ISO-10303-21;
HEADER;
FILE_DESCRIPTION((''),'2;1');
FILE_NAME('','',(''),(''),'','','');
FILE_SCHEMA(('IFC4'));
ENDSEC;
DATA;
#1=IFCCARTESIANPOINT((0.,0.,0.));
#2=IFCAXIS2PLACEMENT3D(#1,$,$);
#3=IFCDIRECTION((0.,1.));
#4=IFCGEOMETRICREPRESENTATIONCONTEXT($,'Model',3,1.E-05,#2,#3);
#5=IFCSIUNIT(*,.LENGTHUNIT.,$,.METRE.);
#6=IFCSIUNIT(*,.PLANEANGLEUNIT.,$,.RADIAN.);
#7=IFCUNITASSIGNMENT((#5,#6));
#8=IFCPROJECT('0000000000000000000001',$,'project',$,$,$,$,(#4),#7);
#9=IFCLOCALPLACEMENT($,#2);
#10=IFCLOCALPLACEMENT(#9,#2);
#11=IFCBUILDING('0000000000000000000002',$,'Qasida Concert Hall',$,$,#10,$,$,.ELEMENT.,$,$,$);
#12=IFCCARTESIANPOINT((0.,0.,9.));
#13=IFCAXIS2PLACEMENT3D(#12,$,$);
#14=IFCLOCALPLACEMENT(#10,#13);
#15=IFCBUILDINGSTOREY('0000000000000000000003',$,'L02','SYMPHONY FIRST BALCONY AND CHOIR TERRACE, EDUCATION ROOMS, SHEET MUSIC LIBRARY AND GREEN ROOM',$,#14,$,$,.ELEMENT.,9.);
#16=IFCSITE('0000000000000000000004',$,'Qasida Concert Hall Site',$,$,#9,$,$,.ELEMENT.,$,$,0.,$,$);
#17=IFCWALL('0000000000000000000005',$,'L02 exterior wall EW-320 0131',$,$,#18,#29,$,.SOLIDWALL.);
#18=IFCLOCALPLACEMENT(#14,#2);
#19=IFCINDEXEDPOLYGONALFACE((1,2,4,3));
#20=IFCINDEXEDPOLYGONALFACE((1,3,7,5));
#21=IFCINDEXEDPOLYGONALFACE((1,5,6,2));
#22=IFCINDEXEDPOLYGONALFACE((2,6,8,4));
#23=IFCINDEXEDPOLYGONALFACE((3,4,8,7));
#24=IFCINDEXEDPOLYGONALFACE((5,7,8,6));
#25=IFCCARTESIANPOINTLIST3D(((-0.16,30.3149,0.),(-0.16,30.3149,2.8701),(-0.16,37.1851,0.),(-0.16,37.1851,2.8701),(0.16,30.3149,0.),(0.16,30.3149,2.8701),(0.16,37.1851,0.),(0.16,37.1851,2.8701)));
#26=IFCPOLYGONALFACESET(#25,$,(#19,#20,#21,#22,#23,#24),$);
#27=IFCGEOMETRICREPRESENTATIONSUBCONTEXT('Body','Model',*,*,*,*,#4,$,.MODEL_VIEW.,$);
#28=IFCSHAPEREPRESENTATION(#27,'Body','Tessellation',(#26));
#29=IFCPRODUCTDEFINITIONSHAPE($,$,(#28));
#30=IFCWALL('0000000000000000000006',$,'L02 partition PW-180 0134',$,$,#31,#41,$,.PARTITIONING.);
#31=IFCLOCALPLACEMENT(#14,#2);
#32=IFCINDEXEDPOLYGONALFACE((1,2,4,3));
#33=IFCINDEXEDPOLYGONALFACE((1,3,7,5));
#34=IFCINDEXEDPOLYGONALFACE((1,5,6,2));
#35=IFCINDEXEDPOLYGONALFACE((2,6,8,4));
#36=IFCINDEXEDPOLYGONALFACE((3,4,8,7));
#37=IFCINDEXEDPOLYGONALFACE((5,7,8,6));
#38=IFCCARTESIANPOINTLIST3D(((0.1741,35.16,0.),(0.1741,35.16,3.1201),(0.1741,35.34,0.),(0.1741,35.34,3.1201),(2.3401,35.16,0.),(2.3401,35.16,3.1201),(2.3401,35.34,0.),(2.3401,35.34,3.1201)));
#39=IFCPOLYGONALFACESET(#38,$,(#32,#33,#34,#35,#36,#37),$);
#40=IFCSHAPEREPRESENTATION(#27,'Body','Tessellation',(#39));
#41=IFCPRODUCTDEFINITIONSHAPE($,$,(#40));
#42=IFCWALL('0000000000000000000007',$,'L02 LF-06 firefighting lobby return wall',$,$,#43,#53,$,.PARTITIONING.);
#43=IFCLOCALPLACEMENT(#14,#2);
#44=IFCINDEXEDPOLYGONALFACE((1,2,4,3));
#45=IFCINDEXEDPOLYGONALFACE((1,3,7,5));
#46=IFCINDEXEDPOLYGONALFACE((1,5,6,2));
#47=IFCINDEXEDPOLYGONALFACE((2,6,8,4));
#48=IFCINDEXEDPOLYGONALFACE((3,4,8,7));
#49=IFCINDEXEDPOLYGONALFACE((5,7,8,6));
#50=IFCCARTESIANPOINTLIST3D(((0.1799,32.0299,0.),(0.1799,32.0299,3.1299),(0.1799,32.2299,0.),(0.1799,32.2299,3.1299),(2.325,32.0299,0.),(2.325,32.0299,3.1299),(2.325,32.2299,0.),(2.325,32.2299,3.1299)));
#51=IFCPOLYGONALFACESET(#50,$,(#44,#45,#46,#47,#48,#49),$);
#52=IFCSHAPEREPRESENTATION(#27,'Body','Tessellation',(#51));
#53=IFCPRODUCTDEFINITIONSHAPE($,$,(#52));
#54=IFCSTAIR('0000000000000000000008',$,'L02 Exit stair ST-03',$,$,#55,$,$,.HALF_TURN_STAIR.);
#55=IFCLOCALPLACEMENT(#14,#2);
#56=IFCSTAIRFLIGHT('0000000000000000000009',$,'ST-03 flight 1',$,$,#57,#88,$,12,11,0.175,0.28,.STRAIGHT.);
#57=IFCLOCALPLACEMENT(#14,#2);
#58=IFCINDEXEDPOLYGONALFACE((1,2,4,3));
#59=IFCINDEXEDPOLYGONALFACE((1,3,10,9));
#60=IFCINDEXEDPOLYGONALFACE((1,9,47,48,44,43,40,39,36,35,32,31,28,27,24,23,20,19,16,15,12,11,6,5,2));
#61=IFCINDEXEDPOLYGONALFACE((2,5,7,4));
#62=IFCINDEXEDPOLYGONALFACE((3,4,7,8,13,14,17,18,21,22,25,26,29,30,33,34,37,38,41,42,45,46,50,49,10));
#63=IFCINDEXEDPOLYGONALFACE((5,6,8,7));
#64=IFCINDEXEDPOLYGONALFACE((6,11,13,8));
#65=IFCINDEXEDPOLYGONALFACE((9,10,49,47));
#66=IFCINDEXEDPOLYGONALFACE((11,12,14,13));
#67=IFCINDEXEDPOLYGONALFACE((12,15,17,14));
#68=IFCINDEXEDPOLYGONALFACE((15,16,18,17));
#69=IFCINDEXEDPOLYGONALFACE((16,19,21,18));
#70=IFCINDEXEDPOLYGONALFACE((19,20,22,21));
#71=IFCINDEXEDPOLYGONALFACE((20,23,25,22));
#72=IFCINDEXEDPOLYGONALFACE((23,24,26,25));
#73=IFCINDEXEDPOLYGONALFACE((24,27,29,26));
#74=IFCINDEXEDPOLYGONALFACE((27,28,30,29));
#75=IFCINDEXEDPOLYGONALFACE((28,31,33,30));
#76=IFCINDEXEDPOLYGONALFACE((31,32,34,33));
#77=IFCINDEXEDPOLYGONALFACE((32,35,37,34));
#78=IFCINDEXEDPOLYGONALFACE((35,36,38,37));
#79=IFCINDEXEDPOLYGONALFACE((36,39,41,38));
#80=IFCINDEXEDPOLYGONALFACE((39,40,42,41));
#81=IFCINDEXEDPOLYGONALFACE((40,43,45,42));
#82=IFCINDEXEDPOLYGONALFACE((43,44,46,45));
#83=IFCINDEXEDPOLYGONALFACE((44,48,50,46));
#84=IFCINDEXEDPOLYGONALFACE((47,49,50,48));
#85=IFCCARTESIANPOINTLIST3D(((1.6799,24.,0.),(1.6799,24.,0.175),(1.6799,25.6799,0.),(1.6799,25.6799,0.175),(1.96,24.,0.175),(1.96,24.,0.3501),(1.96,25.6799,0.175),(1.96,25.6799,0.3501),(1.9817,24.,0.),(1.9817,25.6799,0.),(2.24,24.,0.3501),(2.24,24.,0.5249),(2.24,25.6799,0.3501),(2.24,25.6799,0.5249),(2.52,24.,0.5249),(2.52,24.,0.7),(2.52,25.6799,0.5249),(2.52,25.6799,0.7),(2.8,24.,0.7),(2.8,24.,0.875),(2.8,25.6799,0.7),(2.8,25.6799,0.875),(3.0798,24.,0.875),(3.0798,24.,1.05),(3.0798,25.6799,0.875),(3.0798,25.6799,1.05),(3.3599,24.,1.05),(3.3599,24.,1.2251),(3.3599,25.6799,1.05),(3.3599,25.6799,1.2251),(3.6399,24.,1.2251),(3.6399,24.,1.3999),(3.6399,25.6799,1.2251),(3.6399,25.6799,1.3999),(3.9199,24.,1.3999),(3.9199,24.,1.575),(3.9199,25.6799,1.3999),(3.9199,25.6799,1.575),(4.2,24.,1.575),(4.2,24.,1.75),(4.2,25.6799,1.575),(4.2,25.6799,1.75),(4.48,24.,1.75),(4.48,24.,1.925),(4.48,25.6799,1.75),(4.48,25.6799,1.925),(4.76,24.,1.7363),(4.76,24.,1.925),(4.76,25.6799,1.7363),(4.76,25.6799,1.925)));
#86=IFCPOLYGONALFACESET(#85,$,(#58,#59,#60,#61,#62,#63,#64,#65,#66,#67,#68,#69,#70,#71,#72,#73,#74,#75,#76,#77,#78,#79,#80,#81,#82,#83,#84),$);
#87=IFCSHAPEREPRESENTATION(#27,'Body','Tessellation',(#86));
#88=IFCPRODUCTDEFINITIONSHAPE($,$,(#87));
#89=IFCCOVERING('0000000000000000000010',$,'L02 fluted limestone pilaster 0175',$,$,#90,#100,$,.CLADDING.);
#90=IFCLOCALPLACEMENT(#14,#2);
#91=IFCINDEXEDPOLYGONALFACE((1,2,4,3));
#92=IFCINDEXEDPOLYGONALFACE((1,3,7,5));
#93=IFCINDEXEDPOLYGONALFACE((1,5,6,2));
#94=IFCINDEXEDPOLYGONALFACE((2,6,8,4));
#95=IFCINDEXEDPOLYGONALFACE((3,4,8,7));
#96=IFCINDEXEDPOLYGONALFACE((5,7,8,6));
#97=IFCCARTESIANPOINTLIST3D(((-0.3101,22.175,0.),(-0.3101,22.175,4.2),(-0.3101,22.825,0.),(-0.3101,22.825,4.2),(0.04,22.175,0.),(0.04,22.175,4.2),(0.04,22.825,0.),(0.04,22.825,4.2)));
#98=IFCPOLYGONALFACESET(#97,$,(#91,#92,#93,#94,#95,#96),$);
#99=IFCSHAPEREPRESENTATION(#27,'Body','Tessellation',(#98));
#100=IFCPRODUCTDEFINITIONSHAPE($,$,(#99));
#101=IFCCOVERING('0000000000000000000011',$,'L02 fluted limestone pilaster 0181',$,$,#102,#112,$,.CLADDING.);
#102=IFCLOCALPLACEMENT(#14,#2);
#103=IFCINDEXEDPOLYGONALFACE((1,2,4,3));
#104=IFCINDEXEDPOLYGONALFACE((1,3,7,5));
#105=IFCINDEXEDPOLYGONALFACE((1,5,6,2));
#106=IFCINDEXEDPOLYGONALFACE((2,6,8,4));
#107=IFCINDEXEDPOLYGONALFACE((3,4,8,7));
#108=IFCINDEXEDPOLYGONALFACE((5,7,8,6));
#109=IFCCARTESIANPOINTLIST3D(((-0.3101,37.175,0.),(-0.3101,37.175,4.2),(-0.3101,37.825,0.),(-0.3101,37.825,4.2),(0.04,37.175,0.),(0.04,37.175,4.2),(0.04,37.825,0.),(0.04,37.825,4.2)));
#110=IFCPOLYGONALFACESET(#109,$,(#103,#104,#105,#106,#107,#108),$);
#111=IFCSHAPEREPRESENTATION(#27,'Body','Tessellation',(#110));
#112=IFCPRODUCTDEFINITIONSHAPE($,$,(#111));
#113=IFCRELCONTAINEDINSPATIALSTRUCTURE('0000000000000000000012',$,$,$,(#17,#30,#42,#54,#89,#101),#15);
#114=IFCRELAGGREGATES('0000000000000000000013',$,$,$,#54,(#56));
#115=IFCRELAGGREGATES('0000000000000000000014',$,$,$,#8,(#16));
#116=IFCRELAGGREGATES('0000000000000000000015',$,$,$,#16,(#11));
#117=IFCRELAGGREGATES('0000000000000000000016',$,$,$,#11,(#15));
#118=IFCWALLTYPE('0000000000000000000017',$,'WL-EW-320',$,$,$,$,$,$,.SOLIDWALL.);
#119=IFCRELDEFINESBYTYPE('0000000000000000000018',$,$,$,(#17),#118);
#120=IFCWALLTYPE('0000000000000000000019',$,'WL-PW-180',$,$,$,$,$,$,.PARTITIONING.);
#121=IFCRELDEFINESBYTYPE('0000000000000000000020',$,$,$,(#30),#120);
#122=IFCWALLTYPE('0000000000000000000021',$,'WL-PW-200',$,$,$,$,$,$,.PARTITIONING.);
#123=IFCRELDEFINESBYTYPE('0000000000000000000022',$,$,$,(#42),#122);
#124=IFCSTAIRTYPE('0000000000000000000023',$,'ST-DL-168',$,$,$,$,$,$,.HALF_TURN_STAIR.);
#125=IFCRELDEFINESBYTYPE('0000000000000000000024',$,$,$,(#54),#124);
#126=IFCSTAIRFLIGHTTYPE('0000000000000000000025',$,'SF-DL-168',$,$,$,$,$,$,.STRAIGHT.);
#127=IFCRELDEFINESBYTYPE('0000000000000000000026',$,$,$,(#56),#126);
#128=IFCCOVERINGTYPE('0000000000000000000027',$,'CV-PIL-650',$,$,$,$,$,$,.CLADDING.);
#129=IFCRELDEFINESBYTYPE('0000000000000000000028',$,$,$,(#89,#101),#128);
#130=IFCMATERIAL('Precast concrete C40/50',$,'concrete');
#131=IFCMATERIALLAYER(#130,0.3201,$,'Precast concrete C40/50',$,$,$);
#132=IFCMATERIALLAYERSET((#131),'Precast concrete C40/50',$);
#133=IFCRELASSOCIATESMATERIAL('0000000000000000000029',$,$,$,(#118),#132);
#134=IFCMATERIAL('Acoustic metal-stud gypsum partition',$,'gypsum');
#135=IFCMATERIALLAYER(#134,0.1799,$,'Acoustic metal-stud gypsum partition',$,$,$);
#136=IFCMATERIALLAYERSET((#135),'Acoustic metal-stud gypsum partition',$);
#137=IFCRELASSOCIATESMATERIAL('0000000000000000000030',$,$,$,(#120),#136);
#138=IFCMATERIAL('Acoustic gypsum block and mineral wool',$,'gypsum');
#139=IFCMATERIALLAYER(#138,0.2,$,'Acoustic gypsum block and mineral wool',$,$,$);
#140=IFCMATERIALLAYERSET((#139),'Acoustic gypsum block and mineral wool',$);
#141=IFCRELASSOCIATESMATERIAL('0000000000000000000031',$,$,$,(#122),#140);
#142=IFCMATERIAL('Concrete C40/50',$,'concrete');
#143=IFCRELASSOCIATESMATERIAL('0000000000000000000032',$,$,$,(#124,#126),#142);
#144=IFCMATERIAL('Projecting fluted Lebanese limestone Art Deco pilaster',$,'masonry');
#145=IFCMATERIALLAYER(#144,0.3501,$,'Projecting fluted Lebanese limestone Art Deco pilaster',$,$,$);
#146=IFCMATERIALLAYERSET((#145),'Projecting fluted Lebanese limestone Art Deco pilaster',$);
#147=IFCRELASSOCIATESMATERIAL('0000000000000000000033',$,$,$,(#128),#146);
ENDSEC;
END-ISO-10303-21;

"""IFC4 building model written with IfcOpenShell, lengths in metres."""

from ifc_helpers import new_model, si_unit, direction, frame, frame_2d, origin, origin_2d, place, context, subcontext, project, spatial, polyline, rectangle, outline, extrude, material, layer, layer_set, type_object, element, aggregate, save


model = new_model("IFC4")

# Units and contexts
model_context = context("Model", 3, precision=1e-05, world=origin(), true_north=direction((0.0, 1.0)))
body_context = subcontext(model_context, "Body", "Model", "MODEL_VIEW")
ifc_project = project(units=[si_unit("LENGTHUNIT", "METRE"), si_unit("PLANEANGLEUNIT", "RADIAN")], contexts=[model_context])

# Site, building, storey
site_placement = place(None, origin())
site = spatial("IfcSite", under=ifc_project, at=site_placement, Name="Qasida Concert Hall Site", CompositionType="ELEMENT", RefElevation=0.0)
building_placement = place(site_placement, origin())
building = spatial("IfcBuilding", under=site, at=building_placement, Name="Qasida Concert Hall", CompositionType="ELEMENT")
storey_placement = place(building_placement, frame((0.0, 0.0, 9.0)))
storey = spatial("IfcBuildingStorey", under=building, at=storey_placement, Name="L02", Description="SYMPHONY FIRST BALCONY AND CHOIR TERRACE, EDUCATION ROOMS, SHEET MUSIC LIBRARY AND GREEN ROOM", CompositionType="ELEMENT", Elevation=9.0)

# Shared definitions
ifc_material_1 = material(Name="Concrete C40/50", Category="concrete")

# Walls
ifc_material_2 = material(Name="Precast concrete C40/50", Category="concrete")
ifc_layer_1 = layer(ifc_material_2, 0.3201, Name="Precast concrete C40/50")
ifc_layer_set_1 = layer_set([ifc_layer_1], Name="Precast concrete C40/50")
wall_type_1 = type_object("IfcWallType", Name="WL-EW-320", PredefinedType="SOLIDWALL", material=ifc_layer_set_1)
for number, where, z_axis, x_axis, name in (
    (1, (0.0, 30.3149, 0.0), (0.0, 0.0, 1.0), (0.0, 1.0, 0.0), "L02 exterior wall EW-320 0131"),
):
    element("IfcWall", number, at=place(storey_placement, frame(where, z_axis=z_axis, x_axis=x_axis)), inside=storey, type_object=wall_type_1, Name=name, PredefinedType="SOLIDWALL", context=body_context, shape_type="SweptSolid", body=[
        extrude(rectangle(XDim=6.8701, YDim=0.3201, at=frame_2d((3.4351, 0.0))), origin(), (0.0, 0.0, 1.0), 2.8701),
    ])
ifc_material_3 = material(Name="Acoustic metal-stud gypsum partition", Category="gypsum")
ifc_layer_2 = layer(ifc_material_3, 0.1799, Name="Acoustic metal-stud gypsum partition")
ifc_layer_set_2 = layer_set([ifc_layer_2], Name="Acoustic metal-stud gypsum partition")
wall_type_2 = type_object("IfcWallType", Name="WL-PW-180", PredefinedType="PARTITIONING", material=ifc_layer_set_2)
wall_1_placement = place(storey_placement, frame((0.1741, 35.25, 0.0), z_axis=(0.0, 0.0, 1.0), x_axis=(1.0, 0.0, 0.0)))
element("IfcWall", 2, at=wall_1_placement, inside=storey, type_object=wall_type_2, Name="L02 partition PW-180 0134", PredefinedType="PARTITIONING", context=body_context, shape_type="SweptSolid", body=[
    extrude(rectangle(XDim=2.166, YDim=0.1799, at=frame_2d((1.083, 0.0))), origin(), (0.0, 0.0, 1.0), 3.1201),
])
ifc_material_4 = material(Name="Acoustic gypsum block and mineral wool", Category="gypsum")
ifc_layer_3 = layer(ifc_material_4, 0.2, Name="Acoustic gypsum block and mineral wool")
ifc_layer_set_3 = layer_set([ifc_layer_3], Name="Acoustic gypsum block and mineral wool")
wall_type_3 = type_object("IfcWallType", Name="WL-PW-200", PredefinedType="PARTITIONING", material=ifc_layer_set_3)
wall_2_placement = place(storey_placement, frame((0.1799, 32.1299, 0.0), z_axis=(0.0, 0.0, 1.0), x_axis=(1.0, 0.0, 0.0)))
element("IfcWall", 3, at=wall_2_placement, inside=storey, type_object=wall_type_3, Name="L02 LF-06 firefighting lobby return wall", PredefinedType="PARTITIONING", context=body_context, shape_type="SweptSolid", body=[
    extrude(rectangle(XDim=2.145, YDim=0.2, at=frame_2d((1.0725, 0.0))), origin(), (0.0, 0.0, 1.0), 3.1299),
])

# Stair, stair flight
stair_type = type_object("IfcStairType", Name="ST-DL-168", PredefinedType="HALF_TURN_STAIR", material=ifc_material_1)
stair_placement = place(storey_placement, origin())
stair = element("IfcStair", 4, at=stair_placement, inside=storey, type_object=stair_type, Name="L02 Exit stair ST-03", PredefinedType="HALF_TURN_STAIR")
stair_flight_type = type_object("IfcStairFlightType", Name="SF-DL-168", PredefinedType="STRAIGHT", material=ifc_material_1)
stair_flight_placement = place(storey_placement, frame((1.6799, 24.8401, 0.0), z_axis=(0.0, 0.0, 1.0), x_axis=(1.0, 0.0, 0.0)))
stair_flight = element("IfcStairFlight", 5, at=stair_flight_placement, type_object=stair_flight_type, Name="ST-03 flight 1", NumberOfRisers=12, NumberOfTreads=11, PredefinedType="STRAIGHT", RiserHeight=0.175, TreadLength=0.28, context=body_context, shape_type="SweptSolid", body=[
    extrude(outline(polyline([(0.0, 0.0), (0.0, 0.175), (0.28, 0.175), (0.28, 0.3501), (0.5601, 0.3501), (0.5601, 0.5249), (0.8401, 0.5249), (0.8401, 0.7), (1.1201, 0.7), (1.1201, 0.875), (1.3999, 0.875), (1.3999, 1.05), (1.6799, 1.05), (1.6799, 1.2251), (1.96, 1.2251), (1.96, 1.3999), (2.24, 1.3999), (2.24, 1.575), (2.52, 1.575), (2.52, 1.75), (2.8, 1.75), (2.8, 1.925), (3.0801, 1.925), (3.0801, 2.1001), (3.0801, 1.7363), (0.3018, 0.0), (0.0, 0.0)])), frame((0.0, 0.8398, 0.0), z_axis=(0.0, -1.0, 0.0), x_axis=(1.0, 0.0, 0.0)), (0.0, 0.0, 1.0), 1.6799),
])
aggregate(stair, [stair_flight])

# Coverings
ifc_material_5 = material(Name="Projecting fluted Lebanese limestone Art Deco pilaster", Category="masonry")
ifc_layer_4 = layer(ifc_material_5, 0.3501, Name="Projecting fluted Lebanese limestone Art Deco pilaster")
ifc_layer_set_4 = layer_set([ifc_layer_4], Name="Projecting fluted Lebanese limestone Art Deco pilaster")
covering_type = type_object("IfcCoveringType", Name="CV-PIL-650", PredefinedType="CLADDING", material=ifc_layer_set_4)
for number, where, z_axis, x_axis, name in (
    (6, (-0.135, 22.5, 0.0), (0.0, 0.0, 1.0), (1.0, 0.0, 0.0), "L02 fluted limestone pilaster 0175"),
    (7, (-0.135, 37.5, 0.0), (0.0, 0.0, 1.0), (1.0, 0.0, 0.0), "L02 fluted limestone pilaster 0181"),
):
    element("IfcCovering", number, at=place(storey_placement, frame(where, z_axis=z_axis, x_axis=x_axis)), inside=storey, type_object=covering_type, Name=name, PredefinedType="CLADDING", context=body_context, shape_type="SweptSolid", body=[
        extrude(rectangle(XDim=0.3501, YDim=0.6499, at=origin_2d()), origin(), (0.0, 0.0, 1.0), 4.2),
    ])

save(model, "model.ifc")
